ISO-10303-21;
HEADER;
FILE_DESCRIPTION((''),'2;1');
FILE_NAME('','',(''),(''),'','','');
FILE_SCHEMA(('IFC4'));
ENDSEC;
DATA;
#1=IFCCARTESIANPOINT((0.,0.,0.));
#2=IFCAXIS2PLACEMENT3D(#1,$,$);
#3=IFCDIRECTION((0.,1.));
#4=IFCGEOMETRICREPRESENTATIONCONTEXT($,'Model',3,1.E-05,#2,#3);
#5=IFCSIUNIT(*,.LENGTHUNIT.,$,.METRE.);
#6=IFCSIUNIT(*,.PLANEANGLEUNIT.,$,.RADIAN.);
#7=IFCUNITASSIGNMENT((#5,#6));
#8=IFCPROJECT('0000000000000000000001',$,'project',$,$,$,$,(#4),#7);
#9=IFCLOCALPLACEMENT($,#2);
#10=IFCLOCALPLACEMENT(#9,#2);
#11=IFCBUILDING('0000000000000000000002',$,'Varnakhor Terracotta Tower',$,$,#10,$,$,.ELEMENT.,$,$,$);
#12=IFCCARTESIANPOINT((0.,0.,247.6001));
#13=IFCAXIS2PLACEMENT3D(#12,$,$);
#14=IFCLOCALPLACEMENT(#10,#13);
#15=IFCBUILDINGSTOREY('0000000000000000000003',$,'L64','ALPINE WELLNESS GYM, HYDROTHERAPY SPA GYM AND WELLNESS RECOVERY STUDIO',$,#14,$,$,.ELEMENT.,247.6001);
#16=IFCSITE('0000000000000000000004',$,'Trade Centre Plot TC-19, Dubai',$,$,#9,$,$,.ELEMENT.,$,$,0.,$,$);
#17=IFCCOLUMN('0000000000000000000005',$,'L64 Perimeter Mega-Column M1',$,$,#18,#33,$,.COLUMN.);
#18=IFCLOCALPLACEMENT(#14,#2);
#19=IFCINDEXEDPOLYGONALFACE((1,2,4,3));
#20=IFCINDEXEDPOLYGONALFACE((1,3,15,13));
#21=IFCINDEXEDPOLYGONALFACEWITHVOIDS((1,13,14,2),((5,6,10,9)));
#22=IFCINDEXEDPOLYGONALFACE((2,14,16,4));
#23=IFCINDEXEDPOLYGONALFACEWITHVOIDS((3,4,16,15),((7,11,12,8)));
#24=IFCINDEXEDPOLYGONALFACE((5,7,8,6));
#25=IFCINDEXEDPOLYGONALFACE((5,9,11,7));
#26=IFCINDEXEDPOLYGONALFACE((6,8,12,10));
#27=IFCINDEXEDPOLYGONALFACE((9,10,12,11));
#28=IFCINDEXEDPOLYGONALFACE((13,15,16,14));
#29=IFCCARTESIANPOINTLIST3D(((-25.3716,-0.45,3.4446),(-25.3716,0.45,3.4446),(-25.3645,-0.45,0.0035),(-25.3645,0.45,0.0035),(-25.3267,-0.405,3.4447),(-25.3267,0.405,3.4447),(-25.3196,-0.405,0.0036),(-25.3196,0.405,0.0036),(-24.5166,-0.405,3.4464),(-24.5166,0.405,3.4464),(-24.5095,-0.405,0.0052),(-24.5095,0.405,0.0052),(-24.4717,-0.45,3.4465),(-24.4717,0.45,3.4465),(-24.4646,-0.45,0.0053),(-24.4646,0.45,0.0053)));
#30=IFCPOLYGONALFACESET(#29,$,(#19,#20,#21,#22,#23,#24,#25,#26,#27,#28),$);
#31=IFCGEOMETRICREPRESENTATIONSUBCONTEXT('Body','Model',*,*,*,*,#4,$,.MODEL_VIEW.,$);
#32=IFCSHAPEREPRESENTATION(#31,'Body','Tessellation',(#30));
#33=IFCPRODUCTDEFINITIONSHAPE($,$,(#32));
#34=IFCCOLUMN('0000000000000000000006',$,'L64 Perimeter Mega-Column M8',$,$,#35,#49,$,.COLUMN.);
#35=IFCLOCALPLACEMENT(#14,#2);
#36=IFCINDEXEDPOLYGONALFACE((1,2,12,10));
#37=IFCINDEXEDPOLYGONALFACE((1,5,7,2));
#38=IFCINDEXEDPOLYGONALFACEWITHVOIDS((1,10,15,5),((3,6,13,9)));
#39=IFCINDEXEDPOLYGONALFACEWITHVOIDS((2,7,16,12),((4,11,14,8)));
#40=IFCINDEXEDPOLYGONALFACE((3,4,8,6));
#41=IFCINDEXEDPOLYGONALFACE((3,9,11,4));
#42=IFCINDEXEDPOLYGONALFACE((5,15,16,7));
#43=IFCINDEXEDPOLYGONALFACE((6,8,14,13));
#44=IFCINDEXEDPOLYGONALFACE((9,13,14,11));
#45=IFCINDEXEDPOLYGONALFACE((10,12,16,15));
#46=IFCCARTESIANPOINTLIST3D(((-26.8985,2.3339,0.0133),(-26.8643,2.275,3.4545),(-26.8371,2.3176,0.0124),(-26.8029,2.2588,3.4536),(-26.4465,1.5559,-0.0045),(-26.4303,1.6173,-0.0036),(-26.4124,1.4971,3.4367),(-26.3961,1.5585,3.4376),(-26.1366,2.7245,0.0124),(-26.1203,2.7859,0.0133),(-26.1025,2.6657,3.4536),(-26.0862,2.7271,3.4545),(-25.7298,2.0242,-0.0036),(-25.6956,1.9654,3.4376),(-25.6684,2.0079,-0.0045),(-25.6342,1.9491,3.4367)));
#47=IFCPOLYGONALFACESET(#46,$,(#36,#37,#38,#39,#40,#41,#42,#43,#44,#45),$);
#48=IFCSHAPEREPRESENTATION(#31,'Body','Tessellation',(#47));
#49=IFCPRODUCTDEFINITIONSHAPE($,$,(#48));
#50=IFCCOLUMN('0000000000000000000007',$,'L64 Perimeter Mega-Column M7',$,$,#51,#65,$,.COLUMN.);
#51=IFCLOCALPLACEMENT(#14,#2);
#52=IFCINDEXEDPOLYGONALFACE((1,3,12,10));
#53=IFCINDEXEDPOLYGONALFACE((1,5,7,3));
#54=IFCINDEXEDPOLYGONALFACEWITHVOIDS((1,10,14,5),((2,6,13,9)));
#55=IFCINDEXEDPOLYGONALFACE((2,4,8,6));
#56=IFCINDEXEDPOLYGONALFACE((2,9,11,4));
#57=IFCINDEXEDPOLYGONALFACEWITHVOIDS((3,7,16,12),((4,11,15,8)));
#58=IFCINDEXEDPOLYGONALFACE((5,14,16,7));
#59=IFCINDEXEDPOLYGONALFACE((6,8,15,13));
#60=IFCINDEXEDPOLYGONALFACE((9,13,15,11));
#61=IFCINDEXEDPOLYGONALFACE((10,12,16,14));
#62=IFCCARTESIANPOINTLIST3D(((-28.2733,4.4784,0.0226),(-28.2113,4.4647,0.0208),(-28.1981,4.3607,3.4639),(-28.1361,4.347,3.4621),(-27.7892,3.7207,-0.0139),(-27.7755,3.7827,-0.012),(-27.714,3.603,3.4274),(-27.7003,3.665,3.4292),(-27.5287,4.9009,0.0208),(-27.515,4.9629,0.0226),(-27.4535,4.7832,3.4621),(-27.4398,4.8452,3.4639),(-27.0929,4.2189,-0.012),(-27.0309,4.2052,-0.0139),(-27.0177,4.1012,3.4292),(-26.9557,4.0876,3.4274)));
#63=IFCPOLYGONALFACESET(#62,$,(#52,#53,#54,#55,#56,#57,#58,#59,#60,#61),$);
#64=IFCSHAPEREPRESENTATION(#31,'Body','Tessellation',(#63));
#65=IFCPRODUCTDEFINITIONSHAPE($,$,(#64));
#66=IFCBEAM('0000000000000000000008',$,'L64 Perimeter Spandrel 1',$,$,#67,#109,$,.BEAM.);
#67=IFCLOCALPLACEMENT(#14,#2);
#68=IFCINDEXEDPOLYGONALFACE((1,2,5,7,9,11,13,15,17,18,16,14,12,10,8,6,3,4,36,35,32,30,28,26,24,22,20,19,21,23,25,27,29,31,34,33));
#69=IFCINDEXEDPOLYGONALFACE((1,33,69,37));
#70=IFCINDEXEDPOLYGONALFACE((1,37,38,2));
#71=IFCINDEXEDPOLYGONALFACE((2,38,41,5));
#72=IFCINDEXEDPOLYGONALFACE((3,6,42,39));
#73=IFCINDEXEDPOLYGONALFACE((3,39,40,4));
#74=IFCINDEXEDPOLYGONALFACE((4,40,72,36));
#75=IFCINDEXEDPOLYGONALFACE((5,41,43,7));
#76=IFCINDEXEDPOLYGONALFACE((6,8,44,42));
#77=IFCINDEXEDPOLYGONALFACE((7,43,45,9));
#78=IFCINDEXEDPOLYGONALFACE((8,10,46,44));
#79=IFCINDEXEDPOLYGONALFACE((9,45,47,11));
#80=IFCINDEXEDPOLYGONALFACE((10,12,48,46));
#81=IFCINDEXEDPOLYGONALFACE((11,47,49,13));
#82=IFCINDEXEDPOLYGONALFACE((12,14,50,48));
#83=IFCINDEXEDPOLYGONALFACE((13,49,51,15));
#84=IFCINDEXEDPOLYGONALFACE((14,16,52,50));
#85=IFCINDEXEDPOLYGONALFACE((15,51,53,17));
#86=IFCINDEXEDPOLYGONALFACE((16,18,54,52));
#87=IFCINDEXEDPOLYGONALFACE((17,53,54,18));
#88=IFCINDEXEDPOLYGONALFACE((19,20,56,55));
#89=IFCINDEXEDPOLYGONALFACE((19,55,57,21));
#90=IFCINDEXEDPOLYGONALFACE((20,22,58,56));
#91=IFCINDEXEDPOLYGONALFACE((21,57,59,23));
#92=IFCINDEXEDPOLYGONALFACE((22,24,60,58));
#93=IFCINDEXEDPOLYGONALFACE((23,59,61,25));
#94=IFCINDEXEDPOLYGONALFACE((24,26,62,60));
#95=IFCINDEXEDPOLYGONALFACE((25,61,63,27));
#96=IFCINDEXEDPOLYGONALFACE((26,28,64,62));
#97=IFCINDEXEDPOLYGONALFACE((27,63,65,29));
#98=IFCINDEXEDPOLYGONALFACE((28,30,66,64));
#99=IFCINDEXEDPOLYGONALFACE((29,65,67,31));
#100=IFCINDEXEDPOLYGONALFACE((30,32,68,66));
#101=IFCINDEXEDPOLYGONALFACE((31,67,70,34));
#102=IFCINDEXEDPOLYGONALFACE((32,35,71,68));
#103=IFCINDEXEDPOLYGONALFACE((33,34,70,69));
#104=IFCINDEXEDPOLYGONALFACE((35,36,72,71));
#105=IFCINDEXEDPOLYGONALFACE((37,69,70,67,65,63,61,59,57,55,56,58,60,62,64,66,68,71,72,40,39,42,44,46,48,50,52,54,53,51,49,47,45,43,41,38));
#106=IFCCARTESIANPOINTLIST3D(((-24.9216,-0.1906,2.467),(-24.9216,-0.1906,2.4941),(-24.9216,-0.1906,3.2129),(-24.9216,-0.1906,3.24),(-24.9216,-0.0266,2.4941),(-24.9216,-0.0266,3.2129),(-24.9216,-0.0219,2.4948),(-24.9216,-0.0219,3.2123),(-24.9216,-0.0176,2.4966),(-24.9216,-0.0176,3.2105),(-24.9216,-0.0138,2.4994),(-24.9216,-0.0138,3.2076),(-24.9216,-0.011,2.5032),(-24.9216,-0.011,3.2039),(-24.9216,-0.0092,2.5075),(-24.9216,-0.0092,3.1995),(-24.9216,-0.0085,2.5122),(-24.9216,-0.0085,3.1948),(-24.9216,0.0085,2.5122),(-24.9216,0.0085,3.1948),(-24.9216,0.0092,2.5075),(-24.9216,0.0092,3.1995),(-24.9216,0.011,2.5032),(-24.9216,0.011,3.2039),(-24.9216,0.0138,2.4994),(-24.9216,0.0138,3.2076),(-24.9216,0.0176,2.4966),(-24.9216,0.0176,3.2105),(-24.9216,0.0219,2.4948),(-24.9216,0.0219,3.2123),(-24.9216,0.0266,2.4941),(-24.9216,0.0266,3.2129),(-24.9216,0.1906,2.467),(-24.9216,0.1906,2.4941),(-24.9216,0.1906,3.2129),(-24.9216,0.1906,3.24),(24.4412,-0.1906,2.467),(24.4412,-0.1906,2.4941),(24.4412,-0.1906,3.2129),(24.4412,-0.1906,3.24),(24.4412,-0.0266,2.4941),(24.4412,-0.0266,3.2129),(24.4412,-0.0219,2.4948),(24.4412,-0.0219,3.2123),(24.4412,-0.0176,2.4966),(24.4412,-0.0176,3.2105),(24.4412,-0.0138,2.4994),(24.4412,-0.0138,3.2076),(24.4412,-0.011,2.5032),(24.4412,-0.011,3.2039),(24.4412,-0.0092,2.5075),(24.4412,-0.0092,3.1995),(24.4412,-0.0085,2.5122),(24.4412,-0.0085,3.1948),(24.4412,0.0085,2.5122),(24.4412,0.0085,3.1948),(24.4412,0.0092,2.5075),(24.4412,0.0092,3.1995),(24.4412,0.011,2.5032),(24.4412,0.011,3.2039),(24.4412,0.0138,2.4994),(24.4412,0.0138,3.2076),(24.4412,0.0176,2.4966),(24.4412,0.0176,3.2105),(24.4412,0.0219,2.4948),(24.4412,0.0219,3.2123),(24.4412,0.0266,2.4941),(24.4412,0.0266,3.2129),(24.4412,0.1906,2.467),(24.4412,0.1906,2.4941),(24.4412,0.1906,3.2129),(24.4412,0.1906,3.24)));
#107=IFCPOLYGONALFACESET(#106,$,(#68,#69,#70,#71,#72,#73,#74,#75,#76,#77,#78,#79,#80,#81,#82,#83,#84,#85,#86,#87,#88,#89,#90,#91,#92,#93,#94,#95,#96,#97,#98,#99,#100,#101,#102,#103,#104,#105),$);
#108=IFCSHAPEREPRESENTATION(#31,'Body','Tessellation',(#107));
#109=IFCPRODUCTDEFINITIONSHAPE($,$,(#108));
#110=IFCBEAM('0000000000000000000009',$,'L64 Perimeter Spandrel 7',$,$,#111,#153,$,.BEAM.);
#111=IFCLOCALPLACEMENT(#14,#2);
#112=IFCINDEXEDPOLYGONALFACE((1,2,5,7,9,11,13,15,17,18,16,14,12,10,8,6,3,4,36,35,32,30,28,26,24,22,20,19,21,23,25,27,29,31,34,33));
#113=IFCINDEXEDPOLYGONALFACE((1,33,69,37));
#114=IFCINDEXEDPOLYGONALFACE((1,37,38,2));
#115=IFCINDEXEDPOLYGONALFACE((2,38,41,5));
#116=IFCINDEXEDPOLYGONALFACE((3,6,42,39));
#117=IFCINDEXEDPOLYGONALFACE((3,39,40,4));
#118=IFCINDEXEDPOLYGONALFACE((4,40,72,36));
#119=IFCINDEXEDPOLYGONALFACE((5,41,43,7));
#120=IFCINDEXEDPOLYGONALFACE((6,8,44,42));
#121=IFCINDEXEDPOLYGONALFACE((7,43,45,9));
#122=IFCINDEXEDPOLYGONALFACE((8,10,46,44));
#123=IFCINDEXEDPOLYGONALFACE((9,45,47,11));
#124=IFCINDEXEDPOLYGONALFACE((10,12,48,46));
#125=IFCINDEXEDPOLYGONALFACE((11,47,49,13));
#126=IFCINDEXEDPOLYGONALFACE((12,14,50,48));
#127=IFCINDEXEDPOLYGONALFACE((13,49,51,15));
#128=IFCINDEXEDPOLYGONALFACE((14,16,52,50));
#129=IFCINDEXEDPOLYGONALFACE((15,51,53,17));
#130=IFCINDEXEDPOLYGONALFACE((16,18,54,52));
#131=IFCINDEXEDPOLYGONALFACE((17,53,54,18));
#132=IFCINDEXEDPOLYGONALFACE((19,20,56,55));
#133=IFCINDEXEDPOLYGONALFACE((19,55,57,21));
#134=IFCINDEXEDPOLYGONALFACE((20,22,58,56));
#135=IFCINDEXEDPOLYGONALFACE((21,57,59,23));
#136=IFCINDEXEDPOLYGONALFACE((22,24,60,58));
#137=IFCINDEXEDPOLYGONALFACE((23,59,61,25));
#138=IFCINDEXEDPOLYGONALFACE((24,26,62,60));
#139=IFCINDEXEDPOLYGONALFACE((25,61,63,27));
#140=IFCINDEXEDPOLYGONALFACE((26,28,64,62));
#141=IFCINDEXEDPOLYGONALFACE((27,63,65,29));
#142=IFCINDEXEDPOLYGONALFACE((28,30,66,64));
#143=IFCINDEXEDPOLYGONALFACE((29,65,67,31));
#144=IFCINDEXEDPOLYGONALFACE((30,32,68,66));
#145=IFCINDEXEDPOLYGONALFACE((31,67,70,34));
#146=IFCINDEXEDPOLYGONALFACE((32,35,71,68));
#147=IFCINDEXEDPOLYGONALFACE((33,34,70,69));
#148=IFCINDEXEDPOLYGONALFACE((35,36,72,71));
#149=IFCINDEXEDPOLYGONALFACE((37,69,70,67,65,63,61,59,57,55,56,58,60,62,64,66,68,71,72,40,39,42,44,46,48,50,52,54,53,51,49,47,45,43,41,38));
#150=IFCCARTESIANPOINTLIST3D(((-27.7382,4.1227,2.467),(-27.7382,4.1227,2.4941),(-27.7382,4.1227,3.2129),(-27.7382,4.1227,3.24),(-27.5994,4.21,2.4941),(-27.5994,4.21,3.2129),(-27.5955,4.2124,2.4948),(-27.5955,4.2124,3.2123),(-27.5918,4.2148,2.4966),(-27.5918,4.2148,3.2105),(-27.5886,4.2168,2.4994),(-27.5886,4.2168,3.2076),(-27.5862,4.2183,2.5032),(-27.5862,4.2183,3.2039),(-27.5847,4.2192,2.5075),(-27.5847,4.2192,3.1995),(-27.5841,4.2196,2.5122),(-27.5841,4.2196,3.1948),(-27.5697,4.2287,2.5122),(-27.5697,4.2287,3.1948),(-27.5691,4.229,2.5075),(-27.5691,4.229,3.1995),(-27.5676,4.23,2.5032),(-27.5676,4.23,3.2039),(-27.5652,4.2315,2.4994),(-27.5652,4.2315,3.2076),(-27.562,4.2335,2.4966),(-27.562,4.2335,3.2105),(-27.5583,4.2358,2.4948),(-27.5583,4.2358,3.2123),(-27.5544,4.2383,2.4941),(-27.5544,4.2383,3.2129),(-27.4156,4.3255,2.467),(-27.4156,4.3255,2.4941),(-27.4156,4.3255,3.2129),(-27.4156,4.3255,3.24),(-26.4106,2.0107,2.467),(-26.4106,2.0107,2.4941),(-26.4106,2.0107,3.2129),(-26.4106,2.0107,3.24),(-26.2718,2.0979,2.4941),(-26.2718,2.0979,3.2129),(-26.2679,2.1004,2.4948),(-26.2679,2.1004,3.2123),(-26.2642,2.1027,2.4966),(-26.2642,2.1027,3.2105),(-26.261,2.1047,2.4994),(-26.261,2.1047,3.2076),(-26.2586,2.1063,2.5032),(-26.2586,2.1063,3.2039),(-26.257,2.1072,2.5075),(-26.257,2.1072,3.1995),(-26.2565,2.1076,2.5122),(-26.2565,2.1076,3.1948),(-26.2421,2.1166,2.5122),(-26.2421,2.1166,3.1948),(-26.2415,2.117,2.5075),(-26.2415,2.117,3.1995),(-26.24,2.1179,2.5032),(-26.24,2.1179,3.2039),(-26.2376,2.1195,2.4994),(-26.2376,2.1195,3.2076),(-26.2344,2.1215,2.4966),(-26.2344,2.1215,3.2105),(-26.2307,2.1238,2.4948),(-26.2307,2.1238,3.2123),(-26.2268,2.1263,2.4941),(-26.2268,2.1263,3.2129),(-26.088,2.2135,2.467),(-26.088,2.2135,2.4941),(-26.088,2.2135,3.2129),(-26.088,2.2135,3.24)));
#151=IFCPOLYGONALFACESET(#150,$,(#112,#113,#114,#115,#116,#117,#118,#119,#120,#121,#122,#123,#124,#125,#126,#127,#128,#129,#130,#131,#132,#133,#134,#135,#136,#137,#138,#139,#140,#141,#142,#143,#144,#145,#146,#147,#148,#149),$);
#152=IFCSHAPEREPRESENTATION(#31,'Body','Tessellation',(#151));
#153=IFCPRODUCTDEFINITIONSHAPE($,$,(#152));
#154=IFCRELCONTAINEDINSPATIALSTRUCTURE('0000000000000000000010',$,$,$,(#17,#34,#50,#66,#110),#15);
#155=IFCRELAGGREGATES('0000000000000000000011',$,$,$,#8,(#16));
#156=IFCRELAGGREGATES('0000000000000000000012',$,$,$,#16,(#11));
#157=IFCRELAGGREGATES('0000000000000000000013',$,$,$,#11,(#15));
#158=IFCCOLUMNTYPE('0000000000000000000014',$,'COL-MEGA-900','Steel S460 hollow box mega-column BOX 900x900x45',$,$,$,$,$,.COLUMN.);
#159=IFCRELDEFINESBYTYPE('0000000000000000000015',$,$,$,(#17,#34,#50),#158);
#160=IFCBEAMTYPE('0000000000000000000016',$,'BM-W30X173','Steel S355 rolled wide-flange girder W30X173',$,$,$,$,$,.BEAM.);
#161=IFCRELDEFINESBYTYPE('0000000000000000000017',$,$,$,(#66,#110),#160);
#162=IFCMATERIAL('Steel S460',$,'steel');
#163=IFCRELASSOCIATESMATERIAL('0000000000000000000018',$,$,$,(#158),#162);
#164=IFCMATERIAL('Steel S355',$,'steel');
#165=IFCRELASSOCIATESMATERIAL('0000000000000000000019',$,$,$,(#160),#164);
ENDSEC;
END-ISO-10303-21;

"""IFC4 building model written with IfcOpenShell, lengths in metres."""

from ifc_helpers import new_model, si_unit, direction, frame, origin, origin_2d, place, context, subcontext, project, spatial, hollow_rectangle, i_section, extrude, source, transform, mapped, material, material_profile, profile_set, type_object, element, save


model = new_model("IFC4")

# Units and contexts
model_context = context("Model", 3, precision=1e-05, world=origin(), true_north=direction((0.0, 1.0)))
body_context = subcontext(model_context, "Body", "Model", "MODEL_VIEW")
ifc_project = project(units=[si_unit("LENGTHUNIT", "METRE"), si_unit("PLANEANGLEUNIT", "RADIAN")], contexts=[model_context])

# Site, building, storey
site_placement = place(None, origin())
site = spatial("IfcSite", under=ifc_project, at=site_placement, Name="Trade Centre Plot TC-19, Dubai", CompositionType="ELEMENT", RefElevation=0.0)
building_placement = place(site_placement, origin())
building = spatial("IfcBuilding", under=site, at=building_placement, Name="Varnakhor Terracotta Tower", CompositionType="ELEMENT")
storey_placement = place(building_placement, frame((0.0, 0.0, 247.6001)))
storey = spatial("IfcBuildingStorey", under=building, at=storey_placement, Name="L64", Description="ALPINE WELLNESS GYM, HYDROTHERAPY SPA GYM AND WELLNESS RECOVERY STUDIO", CompositionType="ELEMENT", Elevation=247.6001)

# Columns
ifc_material_1 = material(Name="Steel S460", Category="steel")
ifc_material_profile_1 = material_profile(ifc_material_1, hollow_rectangle(XDim=0.8999, YDim=0.8999, WallThickness=0.0449, at=origin_2d()), Name="BOX 900x900x45")
ifc_profile_set_1 = profile_set([ifc_material_profile_1], Name="Steel S460")
column_type = type_object("IfcColumnType", Name="COL-MEGA-900", Description="Steel S460 hollow box mega-column BOX 900x900x45", PredefinedType="COLUMN", material=ifc_profile_set_1)
shared_shape_1 = source(origin(), body_context, "Body", "SweptSolid", [
    extrude(hollow_rectangle(XDim=0.8999, YDim=0.8999, WallThickness=0.0449, at=origin_2d()), origin(), (0.0, 0.0, 1.0), 3.4412),
])
column_1_placement = place(storey_placement, frame((-24.9146, 0.0, 0.0044), z_axis=(-0.002057, 0.0, 0.999998), x_axis=(0.0, -1.0, 0.0)))
element("IfcColumn", 1, at=column_1_placement, inside=storey, type_object=column_type, Name="L64 Perimeter Mega-Column M1", PredefinedType="COLUMN", context=body_context, shape_type="MappedRepresentation", body=[
    mapped(shared_shape_1, transform((0.0, 0.0, 0.0), scale=1.0)),
])
shared_shape_2 = source(origin(), body_context, "Body", "SweptSolid", [
    extrude(hollow_rectangle(XDim=0.8999, YDim=0.8999, WallThickness=0.0449, at=origin_2d()), origin(), (0.0, 0.0, 1.0), 3.4419),
])
column_2_placement = place(storey_placement, frame((-26.2834, 2.1709, 0.0044), z_axis=(0.009931, -0.017095, 0.999805), x_axis=(0.864688, 0.502309, 0.0)))
element("IfcColumn", 2, at=column_2_placement, inside=storey, type_object=column_type, Name="L64 Perimeter Mega-Column M8", PredefinedType="COLUMN", context=body_context, shape_type="MappedRepresentation", body=[
    mapped(shared_shape_2, transform((0.0, 0.0, 0.0), scale=1.0)),
])
shared_shape_3 = source(origin(), body_context, "Body", "SweptSolid", [
    extrude(hollow_rectangle(XDim=0.8999, YDim=0.8999, WallThickness=0.0449, at=origin_2d()), origin(), (0.0, 0.0, 1.0), 3.4441),
])
column_3_placement = place(storey_placement, frame((-27.6521, 4.3418, 0.0044), z_axis=(0.021834, -0.034168, 0.999178), x_axis=(0.842652, 0.538458, 0.0)))
element("IfcColumn", 3, at=column_3_placement, inside=storey, type_object=column_type, Name="L64 Perimeter Mega-Column M7", PredefinedType="COLUMN", context=body_context, shape_type="MappedRepresentation", body=[
    mapped(shared_shape_3, transform((0.0, 0.0, 0.0), scale=1.0)),
])

# Beams
ifc_material_2 = material(Name="Steel S355", Category="steel")
ifc_material_profile_2 = material_profile(ifc_material_2, i_section(OverallWidth=0.3811, OverallDepth=0.7729, WebThickness=0.0171, FlangeThickness=0.0271, FilletRadius=0.0181, at=origin_2d()), Name="W30X173")
ifc_profile_set_2 = profile_set([ifc_material_profile_2], Name="Steel S355")
beam_type_1 = type_object("IfcBeamType", Name="BM-W30X173", Description="Steel S355 rolled wide-flange girder W30X173", PredefinedType="BEAM", material=ifc_profile_set_2)
shared_shape_4 = source(origin(), body_context, "Body", "SweptSolid", [
    extrude(i_section(OverallWidth=0.3811, OverallDepth=0.7729, WebThickness=0.0171, FlangeThickness=0.0271, FilletRadius=0.0181, at=origin_2d()), origin(), (0.0, 0.0, 1.0), 49.3628),
])
beam_1_placement = place(storey_placement, frame((-24.9216, 0.0, 2.8535), z_axis=(1.0, 0.0, 0.0), x_axis=(0.0, 1.0, 0.0)))
element("IfcBeam", 4, at=beam_1_placement, inside=storey, type_object=beam_type_1, Name="L64 Perimeter Spandrel 1", PredefinedType="BEAM", context=body_context, shape_type="MappedRepresentation", body=[
    mapped(shared_shape_4, transform((0.0, 0.0, 0.0), scale=1.0)),
])
shared_shape_5 = source(origin(), body_context, "Body", "SweptSolid", [
    extrude(i_section(OverallWidth=0.3811, OverallDepth=0.7729, WebThickness=0.0171, FlangeThickness=0.0271, FilletRadius=0.0181, at=origin_2d()), origin(), (0.0, 0.0, 1.0), 2.4946),
])
for number, where, z_axis, x_axis, name in (
    (5, (-27.5769, 4.2241, 2.8535), (0.532188, -0.846626, 0.0), (0.846626, 0.532188, 0.0), "L64 Perimeter Spandrel 7"),
):
    element("IfcBeam", number, at=place(storey_placement, frame(where, z_axis=z_axis, x_axis=x_axis)), inside=storey, type_object=beam_type_1, Name=name, PredefinedType="BEAM", context=body_context, shape_type="MappedRepresentation", body=[
        mapped(shared_shape_5, transform((0.0, 0.0, 0.0), scale=1.0)),
    ])

save(model, "model.ifc")
